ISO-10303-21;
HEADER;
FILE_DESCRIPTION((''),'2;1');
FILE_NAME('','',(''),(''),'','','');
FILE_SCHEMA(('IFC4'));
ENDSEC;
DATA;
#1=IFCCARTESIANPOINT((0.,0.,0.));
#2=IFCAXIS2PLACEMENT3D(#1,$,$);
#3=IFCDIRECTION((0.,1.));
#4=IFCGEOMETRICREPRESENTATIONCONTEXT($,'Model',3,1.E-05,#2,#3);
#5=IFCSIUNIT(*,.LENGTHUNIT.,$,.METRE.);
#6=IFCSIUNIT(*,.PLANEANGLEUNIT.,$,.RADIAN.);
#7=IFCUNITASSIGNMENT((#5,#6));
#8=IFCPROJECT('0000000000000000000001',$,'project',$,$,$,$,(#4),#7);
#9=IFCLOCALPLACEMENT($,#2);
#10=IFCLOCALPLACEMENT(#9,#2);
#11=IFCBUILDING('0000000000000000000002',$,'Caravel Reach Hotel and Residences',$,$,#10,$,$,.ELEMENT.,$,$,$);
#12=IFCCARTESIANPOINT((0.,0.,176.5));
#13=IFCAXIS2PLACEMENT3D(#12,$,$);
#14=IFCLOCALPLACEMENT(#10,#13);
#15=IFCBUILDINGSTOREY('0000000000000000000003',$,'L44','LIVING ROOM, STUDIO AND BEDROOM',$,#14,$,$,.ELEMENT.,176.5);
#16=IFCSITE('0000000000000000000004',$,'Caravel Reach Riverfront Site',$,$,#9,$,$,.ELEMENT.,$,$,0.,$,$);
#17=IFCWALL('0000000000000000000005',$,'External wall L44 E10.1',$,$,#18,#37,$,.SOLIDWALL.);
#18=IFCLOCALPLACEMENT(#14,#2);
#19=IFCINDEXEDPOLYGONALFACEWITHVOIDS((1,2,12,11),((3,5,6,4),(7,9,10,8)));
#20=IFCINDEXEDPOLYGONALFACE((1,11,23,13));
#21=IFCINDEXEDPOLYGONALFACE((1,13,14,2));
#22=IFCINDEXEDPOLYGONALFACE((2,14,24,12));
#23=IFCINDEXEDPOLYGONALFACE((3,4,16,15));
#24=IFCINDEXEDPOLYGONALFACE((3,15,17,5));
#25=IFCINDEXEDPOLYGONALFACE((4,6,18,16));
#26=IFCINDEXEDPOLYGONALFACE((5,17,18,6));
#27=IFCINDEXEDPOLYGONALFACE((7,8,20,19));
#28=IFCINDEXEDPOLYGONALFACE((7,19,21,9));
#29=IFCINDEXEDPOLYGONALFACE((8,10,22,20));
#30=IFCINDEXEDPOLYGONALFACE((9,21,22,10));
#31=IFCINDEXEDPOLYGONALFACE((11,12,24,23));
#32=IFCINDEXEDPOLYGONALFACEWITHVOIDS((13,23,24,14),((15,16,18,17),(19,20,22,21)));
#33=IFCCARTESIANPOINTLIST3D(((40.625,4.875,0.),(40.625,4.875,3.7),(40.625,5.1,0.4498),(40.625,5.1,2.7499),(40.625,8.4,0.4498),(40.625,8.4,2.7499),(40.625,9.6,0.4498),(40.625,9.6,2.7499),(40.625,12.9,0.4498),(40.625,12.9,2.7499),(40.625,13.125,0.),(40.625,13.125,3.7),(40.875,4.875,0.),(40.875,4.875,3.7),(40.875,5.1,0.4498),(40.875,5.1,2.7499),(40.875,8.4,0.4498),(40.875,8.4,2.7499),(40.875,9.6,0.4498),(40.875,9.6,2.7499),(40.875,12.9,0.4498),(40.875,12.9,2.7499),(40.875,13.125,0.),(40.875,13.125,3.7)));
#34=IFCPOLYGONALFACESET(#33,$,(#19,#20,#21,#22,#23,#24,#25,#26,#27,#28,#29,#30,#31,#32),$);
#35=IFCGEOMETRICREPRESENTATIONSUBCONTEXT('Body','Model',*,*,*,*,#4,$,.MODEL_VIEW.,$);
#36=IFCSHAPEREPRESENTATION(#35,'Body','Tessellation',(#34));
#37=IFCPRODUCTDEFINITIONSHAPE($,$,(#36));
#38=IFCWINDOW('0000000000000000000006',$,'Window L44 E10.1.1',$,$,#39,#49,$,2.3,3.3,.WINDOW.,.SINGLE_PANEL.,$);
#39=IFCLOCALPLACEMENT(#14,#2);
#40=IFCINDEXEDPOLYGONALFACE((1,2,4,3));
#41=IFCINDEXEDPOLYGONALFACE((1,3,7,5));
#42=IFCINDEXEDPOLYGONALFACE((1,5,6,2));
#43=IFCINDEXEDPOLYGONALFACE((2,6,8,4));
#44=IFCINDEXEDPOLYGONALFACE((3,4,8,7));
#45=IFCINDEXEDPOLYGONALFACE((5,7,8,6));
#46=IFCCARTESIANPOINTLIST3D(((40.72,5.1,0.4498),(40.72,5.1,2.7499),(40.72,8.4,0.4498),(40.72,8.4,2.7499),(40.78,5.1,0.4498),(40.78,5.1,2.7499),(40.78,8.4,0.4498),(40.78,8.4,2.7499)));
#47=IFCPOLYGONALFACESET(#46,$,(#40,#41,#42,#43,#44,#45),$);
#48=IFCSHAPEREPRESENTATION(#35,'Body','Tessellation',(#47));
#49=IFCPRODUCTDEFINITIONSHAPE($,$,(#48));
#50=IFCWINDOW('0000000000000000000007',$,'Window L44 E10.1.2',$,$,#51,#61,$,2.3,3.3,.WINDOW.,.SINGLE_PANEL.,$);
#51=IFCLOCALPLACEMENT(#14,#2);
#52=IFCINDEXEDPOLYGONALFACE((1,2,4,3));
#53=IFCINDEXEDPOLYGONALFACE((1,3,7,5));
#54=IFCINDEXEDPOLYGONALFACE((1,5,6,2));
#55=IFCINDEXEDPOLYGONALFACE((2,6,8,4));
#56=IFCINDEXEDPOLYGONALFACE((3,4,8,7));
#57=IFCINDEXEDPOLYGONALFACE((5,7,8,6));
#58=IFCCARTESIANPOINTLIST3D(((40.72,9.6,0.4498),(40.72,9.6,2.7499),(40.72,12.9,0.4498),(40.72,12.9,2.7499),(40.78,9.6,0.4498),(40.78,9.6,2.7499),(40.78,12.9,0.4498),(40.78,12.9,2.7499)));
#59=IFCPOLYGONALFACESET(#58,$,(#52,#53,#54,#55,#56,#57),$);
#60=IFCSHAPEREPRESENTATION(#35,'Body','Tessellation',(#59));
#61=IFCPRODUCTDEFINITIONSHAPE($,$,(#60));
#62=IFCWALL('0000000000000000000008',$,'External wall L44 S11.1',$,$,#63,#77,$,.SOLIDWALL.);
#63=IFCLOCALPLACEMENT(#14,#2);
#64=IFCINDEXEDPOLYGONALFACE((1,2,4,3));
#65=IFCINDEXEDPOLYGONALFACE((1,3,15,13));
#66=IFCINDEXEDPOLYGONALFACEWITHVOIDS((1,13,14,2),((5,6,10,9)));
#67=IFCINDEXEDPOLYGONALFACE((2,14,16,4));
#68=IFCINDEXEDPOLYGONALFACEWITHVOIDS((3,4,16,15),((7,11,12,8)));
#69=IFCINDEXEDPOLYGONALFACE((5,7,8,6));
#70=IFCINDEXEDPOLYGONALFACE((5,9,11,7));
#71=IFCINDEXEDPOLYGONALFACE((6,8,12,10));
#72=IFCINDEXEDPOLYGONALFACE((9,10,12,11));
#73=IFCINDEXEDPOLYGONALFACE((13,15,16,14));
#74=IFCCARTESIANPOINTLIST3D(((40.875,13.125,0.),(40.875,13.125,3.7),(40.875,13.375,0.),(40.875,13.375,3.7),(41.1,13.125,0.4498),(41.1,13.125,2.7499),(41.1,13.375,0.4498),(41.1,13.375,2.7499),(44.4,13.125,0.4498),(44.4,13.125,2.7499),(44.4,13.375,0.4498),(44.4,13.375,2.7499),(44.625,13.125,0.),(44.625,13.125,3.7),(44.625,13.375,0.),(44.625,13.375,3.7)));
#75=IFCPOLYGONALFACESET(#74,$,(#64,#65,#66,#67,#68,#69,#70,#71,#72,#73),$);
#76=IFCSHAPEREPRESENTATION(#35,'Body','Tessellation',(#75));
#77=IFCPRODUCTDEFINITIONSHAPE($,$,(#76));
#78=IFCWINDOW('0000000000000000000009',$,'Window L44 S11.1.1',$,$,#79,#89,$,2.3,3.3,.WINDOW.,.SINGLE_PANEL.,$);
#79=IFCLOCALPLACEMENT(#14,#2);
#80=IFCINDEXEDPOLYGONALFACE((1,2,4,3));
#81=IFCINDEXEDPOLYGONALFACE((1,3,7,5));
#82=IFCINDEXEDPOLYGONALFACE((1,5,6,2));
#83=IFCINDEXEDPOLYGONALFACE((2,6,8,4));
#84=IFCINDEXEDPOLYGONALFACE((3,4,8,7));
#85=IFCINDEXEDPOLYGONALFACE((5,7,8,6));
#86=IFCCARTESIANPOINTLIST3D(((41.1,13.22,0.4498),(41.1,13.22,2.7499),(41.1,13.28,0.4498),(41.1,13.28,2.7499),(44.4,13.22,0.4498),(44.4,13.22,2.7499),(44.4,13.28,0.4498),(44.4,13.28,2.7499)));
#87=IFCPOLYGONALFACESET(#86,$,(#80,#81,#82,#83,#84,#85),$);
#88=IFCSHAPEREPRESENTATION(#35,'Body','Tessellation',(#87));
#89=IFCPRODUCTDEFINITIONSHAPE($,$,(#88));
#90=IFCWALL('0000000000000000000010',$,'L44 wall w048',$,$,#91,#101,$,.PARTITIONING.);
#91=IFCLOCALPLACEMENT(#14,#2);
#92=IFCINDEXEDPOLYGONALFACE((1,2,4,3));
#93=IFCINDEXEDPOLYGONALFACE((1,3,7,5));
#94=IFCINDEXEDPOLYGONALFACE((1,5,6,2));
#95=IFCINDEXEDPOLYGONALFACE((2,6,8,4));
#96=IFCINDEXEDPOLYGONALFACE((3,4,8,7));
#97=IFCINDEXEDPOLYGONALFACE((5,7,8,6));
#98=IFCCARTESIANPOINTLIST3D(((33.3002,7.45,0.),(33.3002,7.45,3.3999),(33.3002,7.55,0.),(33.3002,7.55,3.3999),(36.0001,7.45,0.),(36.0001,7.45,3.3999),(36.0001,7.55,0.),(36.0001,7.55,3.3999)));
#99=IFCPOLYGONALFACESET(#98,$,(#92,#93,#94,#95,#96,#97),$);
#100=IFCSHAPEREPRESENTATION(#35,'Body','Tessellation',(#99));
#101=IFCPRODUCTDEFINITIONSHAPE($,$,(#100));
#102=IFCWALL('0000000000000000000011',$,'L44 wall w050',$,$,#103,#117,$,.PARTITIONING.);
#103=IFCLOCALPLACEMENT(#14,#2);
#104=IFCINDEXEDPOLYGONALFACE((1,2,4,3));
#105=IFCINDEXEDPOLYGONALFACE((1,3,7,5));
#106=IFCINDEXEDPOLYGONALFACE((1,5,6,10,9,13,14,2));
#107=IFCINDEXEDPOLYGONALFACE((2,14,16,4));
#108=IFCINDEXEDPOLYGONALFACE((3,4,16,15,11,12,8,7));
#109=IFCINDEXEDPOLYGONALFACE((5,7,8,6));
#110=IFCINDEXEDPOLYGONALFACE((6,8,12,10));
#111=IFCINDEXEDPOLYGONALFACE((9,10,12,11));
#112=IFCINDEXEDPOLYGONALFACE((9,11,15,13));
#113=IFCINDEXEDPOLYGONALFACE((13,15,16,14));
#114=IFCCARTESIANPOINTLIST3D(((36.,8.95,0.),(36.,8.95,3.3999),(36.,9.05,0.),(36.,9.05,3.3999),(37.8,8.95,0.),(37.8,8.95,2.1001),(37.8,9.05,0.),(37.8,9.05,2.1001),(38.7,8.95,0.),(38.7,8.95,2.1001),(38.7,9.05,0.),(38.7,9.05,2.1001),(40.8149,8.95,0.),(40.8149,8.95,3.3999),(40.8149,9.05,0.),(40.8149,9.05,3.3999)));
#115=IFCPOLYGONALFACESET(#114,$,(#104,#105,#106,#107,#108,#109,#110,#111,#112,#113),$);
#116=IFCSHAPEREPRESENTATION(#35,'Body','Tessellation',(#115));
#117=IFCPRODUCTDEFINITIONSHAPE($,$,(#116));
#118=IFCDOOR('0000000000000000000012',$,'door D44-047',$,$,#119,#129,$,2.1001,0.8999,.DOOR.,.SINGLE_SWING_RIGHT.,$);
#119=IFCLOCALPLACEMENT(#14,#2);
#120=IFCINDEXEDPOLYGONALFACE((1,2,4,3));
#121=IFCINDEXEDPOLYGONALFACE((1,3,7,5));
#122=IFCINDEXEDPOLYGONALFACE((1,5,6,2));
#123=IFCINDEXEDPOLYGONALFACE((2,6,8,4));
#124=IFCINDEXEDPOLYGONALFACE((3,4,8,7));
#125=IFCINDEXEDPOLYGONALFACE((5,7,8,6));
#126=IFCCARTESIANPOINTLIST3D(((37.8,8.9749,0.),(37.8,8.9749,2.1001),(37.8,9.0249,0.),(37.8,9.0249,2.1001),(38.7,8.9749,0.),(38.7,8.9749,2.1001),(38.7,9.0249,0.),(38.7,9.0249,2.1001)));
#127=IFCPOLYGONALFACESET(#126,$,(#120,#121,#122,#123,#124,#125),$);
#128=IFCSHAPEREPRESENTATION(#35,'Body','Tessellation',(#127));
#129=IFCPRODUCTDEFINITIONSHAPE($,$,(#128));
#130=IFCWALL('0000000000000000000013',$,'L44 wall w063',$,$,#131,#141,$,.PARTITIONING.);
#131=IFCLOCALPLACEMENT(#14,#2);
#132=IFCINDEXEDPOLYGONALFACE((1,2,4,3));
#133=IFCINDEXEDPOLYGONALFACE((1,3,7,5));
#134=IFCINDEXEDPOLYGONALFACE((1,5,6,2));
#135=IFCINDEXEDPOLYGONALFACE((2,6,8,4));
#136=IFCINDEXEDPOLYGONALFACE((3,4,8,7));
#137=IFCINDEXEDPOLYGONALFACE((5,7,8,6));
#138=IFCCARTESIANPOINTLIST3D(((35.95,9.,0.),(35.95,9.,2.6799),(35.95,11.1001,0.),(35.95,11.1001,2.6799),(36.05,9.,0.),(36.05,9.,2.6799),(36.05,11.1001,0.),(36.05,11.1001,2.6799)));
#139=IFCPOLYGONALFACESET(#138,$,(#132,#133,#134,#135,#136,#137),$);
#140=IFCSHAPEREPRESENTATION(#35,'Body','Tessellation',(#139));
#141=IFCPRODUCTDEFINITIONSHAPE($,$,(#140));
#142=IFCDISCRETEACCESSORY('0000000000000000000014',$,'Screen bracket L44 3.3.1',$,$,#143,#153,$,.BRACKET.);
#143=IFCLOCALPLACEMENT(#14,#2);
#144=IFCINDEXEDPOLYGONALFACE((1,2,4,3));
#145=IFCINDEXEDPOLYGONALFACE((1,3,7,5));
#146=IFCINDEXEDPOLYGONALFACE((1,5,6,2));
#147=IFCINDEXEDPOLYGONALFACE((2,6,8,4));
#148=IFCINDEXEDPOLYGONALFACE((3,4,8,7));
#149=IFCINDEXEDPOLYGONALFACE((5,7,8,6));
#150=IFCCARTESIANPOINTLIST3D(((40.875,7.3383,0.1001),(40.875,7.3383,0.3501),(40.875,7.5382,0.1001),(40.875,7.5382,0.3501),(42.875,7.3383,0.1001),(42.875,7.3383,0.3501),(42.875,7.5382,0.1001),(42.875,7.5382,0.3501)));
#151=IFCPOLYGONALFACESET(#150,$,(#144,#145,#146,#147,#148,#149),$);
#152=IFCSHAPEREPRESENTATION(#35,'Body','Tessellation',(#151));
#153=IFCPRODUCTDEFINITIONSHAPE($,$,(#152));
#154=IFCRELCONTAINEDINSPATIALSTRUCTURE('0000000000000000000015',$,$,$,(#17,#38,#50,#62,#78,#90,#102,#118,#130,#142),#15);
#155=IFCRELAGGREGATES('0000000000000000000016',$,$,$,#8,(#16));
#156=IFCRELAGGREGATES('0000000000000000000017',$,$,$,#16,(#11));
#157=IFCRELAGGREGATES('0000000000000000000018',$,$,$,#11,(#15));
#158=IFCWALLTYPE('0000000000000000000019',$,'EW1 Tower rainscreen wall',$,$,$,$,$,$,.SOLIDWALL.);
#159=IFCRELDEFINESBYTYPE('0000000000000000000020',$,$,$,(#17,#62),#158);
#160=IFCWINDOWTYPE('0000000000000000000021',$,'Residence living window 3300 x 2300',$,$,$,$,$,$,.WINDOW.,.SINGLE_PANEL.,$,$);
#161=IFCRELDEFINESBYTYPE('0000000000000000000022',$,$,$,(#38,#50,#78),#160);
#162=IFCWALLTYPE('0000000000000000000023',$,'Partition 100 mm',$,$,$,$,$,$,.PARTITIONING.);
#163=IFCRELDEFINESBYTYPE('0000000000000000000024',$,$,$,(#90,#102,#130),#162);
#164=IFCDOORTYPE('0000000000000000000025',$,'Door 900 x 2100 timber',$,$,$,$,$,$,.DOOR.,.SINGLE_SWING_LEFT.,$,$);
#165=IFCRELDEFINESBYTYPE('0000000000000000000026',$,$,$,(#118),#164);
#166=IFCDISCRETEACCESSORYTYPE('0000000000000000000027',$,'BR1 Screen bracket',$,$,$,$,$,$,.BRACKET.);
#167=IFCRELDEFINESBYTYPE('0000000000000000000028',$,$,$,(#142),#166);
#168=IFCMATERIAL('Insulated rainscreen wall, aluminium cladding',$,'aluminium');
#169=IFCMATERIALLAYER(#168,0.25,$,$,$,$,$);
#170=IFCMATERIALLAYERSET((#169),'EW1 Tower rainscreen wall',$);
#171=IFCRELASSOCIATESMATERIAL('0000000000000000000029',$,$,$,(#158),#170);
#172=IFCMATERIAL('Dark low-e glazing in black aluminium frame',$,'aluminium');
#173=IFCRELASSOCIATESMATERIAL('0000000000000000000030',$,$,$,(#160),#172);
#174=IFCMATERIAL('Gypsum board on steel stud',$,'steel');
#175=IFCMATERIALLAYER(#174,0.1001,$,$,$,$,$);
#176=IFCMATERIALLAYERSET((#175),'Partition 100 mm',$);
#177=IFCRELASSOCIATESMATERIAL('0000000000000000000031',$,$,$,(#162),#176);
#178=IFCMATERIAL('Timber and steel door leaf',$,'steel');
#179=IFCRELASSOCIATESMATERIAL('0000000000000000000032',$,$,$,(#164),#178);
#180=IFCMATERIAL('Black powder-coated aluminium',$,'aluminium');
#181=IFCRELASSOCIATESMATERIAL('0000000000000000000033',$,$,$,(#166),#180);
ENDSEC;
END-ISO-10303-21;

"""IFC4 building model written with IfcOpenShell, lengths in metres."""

from ifc_helpers import new_model, si_unit, direction, frame, frame_2d, origin, origin_2d, place, context, subcontext, project, spatial, rectangle, extrude, material, layer, layer_set, type_object, element, fill, save


model = new_model("IFC4")

# Units and contexts
model_context = context("Model", 3, precision=1e-05, world=origin(), true_north=direction((0.0, 1.0)))
body_context = subcontext(model_context, "Body", "Model", "MODEL_VIEW")
ifc_project = project(units=[si_unit("LENGTHUNIT", "METRE"), si_unit("PLANEANGLEUNIT", "RADIAN")], contexts=[model_context])

# Site, building, storey
site_placement = place(None, origin())
site = spatial("IfcSite", under=ifc_project, at=site_placement, Name="Caravel Reach Riverfront Site", CompositionType="ELEMENT", RefElevation=0.0)
building_placement = place(site_placement, origin())
building = spatial("IfcBuilding", under=site, at=building_placement, Name="Caravel Reach Hotel and Residences", CompositionType="ELEMENT")
storey_placement = place(building_placement, frame((0.0, 0.0, 176.5)))
storey = spatial("IfcBuildingStorey", under=building, at=storey_placement, Name="L44", Description="LIVING ROOM, STUDIO AND BEDROOM", CompositionType="ELEMENT", Elevation=176.5)

# Wall, openings, windows
ifc_material_1 = material(Name="Insulated rainscreen wall, aluminium cladding", Category="aluminium")
ifc_layer_1 = layer(ifc_material_1, 0.25)
ifc_layer_set_1 = layer_set([ifc_layer_1], Name="EW1 Tower rainscreen wall")
wall_type_1 = type_object("IfcWallType", Name="EW1 Tower rainscreen wall", PredefinedType="SOLIDWALL", material=ifc_layer_set_1)
wall_1_placement = place(storey_placement, frame((40.75, 4.875, 0.0), z_axis=(0.0, 0.0, 1.0), x_axis=(0.0, 1.0, 0.0)))
wall_1 = element("IfcWall", 1, at=wall_1_placement, inside=storey, type_object=wall_type_1, Name="External wall L44 E10.1", PredefinedType="SOLIDWALL", context=body_context, shape_type="SweptSolid", body=[
    extrude(rectangle(XDim=8.25, YDim=0.25, at=frame_2d((4.125, 0.0))), origin(), (0.0, 0.0, 1.0), 3.7),
])
opening_1_placement = place(wall_1_placement, frame((0.2251, 0.0, 0.45)))
opening_1 = element("IfcOpeningElement", 2, at=opening_1_placement, cuts=wall_1, PredefinedType="OPENING", context=body_context, shape_type="SweptSolid", body=[
    extrude(rectangle(XDim=3.3, YDim=2.3, at=frame_2d((1.6499, 1.1499))), frame((0.0, 0.135, 0.0), z_axis=(0.0, -1.0, 0.0), x_axis=(1.0, 0.0, 0.0)), (0.0, 0.0, 1.0), 0.27),
])
opening_2_placement = place(wall_1_placement, frame((4.7251, 0.0, 0.45)))
opening_2 = element("IfcOpeningElement", 3, at=opening_2_placement, cuts=wall_1, PredefinedType="OPENING", context=body_context, shape_type="SweptSolid", body=[
    extrude(rectangle(XDim=3.3, YDim=2.3, at=frame_2d((1.6499, 1.1499))), frame((0.0, 0.135, 0.0), z_axis=(0.0, -1.0, 0.0), x_axis=(1.0, 0.0, 0.0)), (0.0, 0.0, 1.0), 0.27),
])
ifc_material_2 = material(Name="Dark low-e glazing in black aluminium frame", Category="aluminium")
window_type = type_object("IfcWindowType", Name="Residence living window 3300 x 2300", PartitioningType="SINGLE_PANEL", PredefinedType="WINDOW", material=ifc_material_2)
window_1_placement = place(opening_1_placement, origin())
window_1 = element("IfcWindow", 4, at=window_1_placement, inside=storey, type_object=window_type, Name="Window L44 E10.1.1", OverallHeight=2.3, OverallWidth=3.3, PartitioningType="SINGLE_PANEL", PredefinedType="WINDOW", context=body_context, shape_type="SweptSolid", body=[
    extrude(rectangle(XDim=3.3, YDim=2.3, at=frame_2d((1.6499, 1.1499))), frame((0.0, 0.03, 0.0), z_axis=(0.0, -1.0, 0.0), x_axis=(1.0, 0.0, 0.0)), (0.0, 0.0, 1.0), 0.0601),
])
fill(opening_1, window_1)
window_2_placement = place(opening_2_placement, origin())
window_2 = element("IfcWindow", 5, at=window_2_placement, inside=storey, type_object=window_type, Name="Window L44 E10.1.2", OverallHeight=2.3, OverallWidth=3.3, PartitioningType="SINGLE_PANEL", PredefinedType="WINDOW", context=body_context, shape_type="SweptSolid", body=[
    extrude(rectangle(XDim=3.3, YDim=2.3, at=frame_2d((1.6499, 1.1499))), frame((0.0, 0.03, 0.0), z_axis=(0.0, -1.0, 0.0), x_axis=(1.0, 0.0, 0.0)), (0.0, 0.0, 1.0), 0.0601),
])
fill(opening_2, window_2)

# Wall, opening, window
wall_2_placement = place(storey_placement, frame((40.875, 13.25, 0.0), z_axis=(0.0, 0.0, 1.0), x_axis=(1.0, 0.0, 0.0)))
wall_2 = element("IfcWall", 6, at=wall_2_placement, inside=storey, type_object=wall_type_1, Name="External wall L44 S11.1", PredefinedType="SOLIDWALL", context=body_context, shape_type="SweptSolid", body=[
    extrude(rectangle(XDim=3.75, YDim=0.25, at=frame_2d((1.875, 0.0))), origin(), (0.0, 0.0, 1.0), 3.7),
])
opening_3_placement = place(wall_2_placement, frame((0.2251, 0.0, 0.45)))
opening_3 = element("IfcOpeningElement", 7, at=opening_3_placement, cuts=wall_2, PredefinedType="OPENING", context=body_context, shape_type="SweptSolid", body=[
    extrude(rectangle(XDim=3.3, YDim=2.3, at=frame_2d((1.6499, 1.1499))), frame((0.0, 0.135, 0.0), z_axis=(0.0, -1.0, 0.0), x_axis=(1.0, 0.0, 0.0)), (0.0, 0.0, 1.0), 0.27),
])
window_3_placement = place(opening_3_placement, origin())
window_3 = element("IfcWindow", 8, at=window_3_placement, inside=storey, type_object=window_type, Name="Window L44 S11.1.1", OverallHeight=2.3, OverallWidth=3.3, PartitioningType="SINGLE_PANEL", PredefinedType="WINDOW", context=body_context, shape_type="SweptSolid", body=[
    extrude(rectangle(XDim=3.3, YDim=2.3, at=frame_2d((1.6499, 1.1499))), frame((0.0, 0.03, 0.0), z_axis=(0.0, -1.0, 0.0), x_axis=(1.0, 0.0, 0.0)), (0.0, 0.0, 1.0), 0.0601),
])
fill(opening_3, window_3)

# Wall
ifc_material_3 = material(Name="Gypsum board on steel stud", Category="steel")
ifc_layer_2 = layer(ifc_material_3, 0.1001)
ifc_layer_set_2 = layer_set([ifc_layer_2], Name="Partition 100 mm")
wall_type_2 = type_object("IfcWallType", Name="Partition 100 mm", PredefinedType="PARTITIONING", material=ifc_layer_set_2)
wall_3_placement = place(storey_placement, frame((33.3, 7.5, 0.0), z_axis=(0.0, 0.0, 1.0), x_axis=(1.0, 0.0, 0.0)))
element("IfcWall", 9, at=wall_3_placement, inside=storey, type_object=wall_type_2, Name="L44 wall w048", PredefinedType="PARTITIONING", context=body_context, shape_type="SweptSolid", body=[
    extrude(rectangle(XDim=2.7, YDim=0.1001, at=frame_2d((1.3501, 0.0))), origin(), (0.0, 0.0, 1.0), 3.3999),
])

# Wall, opening, door
wall_4_placement = place(storey_placement, frame((36.0, 9.0, 0.0), z_axis=(0.0, 0.0, 1.0), x_axis=(1.0, 0.0, 0.0)))
wall_4 = element("IfcWall", 10, at=wall_4_placement, inside=storey, type_object=wall_type_2, Name="L44 wall w050", PredefinedType="PARTITIONING", context=body_context, shape_type="SweptSolid", body=[
    extrude(rectangle(XDim=4.8149, YDim=0.1001, at=frame_2d((2.4075, 0.0))), origin(), (0.0, 0.0, 1.0), 3.3999),
])
opening_4_placement = place(wall_4_placement, frame((1.8, 0.0, 0.0)))
opening_4 = element("IfcOpeningElement", 11, at=opening_4_placement, cuts=wall_4, PredefinedType="OPENING", context=body_context, shape_type="SweptSolid", body=[
    extrude(rectangle(XDim=0.8999, YDim=2.1001, at=frame_2d((0.45, 1.05))), frame((0.0, 0.0601, 0.0), z_axis=(0.0, -1.0, 0.0), x_axis=(1.0, 0.0, 0.0)), (0.0, 0.0, 1.0), 0.1201),
])
ifc_material_4 = material(Name="Timber and steel door leaf", Category="steel")
door_type_1 = type_object("IfcDoorType", Name="Door 900 x 2100 timber", OperationType="SINGLE_SWING_LEFT", PredefinedType="DOOR", material=ifc_material_4)
door_1_placement = place(opening_4_placement, origin())
door_1 = element("IfcDoor", 12, at=door_1_placement, inside=storey, type_object=door_type_1, Name="door D44-047", OperationType="SINGLE_SWING_RIGHT", OverallHeight=2.1001, OverallWidth=0.8999, PredefinedType="DOOR", context=body_context, shape_type="SweptSolid", body=[
    extrude(rectangle(XDim=0.8999, YDim=2.1001, at=frame_2d((0.45, 1.05))), frame((0.0, 0.0249, 0.0), z_axis=(0.0, -1.0, 0.0), x_axis=(1.0, 0.0, 0.0)), (0.0, 0.0, 1.0), 0.05),
])
fill(opening_4, door_1)

# Wall
wall_5_placement = place(storey_placement, frame((36.0, 9.0, 0.0), z_axis=(0.0, 0.0, 1.0), x_axis=(0.0, 1.0, 0.0)))
element("IfcWall", 13, at=wall_5_placement, inside=storey, type_object=wall_type_2, Name="L44 wall w063", PredefinedType="PARTITIONING", context=body_context, shape_type="SweptSolid", body=[
    extrude(rectangle(XDim=2.1001, YDim=0.1001, at=frame_2d((1.05, 0.0))), origin(), (0.0, 0.0, 1.0), 2.6799),
])

# Discrete accessory
ifc_material_5 = material(Name="Black powder-coated aluminium", Category="aluminium")
discrete_accessory_type = type_object("IfcDiscreteAccessoryType", Name="BR1 Screen bracket", PredefinedType="BRACKET", material=ifc_material_5)
discrete_accessory_placement = place(storey_placement, frame((41.875, 7.4382, 0.1001), z_axis=(0.0, 0.0, 1.0), x_axis=(1.0, 0.0, 0.0)))
element("IfcDiscreteAccessory", 14, at=discrete_accessory_placement, inside=storey, type_object=discrete_accessory_type, Name="Screen bracket L44 3.3.1", PredefinedType="BRACKET", context=body_context, shape_type="SweptSolid", body=[
    extrude(rectangle(XDim=2.0, YDim=0.2, at=origin_2d()), origin(), (0.0, 0.0, 1.0), 0.25),
])

save(model, "model.ifc")
